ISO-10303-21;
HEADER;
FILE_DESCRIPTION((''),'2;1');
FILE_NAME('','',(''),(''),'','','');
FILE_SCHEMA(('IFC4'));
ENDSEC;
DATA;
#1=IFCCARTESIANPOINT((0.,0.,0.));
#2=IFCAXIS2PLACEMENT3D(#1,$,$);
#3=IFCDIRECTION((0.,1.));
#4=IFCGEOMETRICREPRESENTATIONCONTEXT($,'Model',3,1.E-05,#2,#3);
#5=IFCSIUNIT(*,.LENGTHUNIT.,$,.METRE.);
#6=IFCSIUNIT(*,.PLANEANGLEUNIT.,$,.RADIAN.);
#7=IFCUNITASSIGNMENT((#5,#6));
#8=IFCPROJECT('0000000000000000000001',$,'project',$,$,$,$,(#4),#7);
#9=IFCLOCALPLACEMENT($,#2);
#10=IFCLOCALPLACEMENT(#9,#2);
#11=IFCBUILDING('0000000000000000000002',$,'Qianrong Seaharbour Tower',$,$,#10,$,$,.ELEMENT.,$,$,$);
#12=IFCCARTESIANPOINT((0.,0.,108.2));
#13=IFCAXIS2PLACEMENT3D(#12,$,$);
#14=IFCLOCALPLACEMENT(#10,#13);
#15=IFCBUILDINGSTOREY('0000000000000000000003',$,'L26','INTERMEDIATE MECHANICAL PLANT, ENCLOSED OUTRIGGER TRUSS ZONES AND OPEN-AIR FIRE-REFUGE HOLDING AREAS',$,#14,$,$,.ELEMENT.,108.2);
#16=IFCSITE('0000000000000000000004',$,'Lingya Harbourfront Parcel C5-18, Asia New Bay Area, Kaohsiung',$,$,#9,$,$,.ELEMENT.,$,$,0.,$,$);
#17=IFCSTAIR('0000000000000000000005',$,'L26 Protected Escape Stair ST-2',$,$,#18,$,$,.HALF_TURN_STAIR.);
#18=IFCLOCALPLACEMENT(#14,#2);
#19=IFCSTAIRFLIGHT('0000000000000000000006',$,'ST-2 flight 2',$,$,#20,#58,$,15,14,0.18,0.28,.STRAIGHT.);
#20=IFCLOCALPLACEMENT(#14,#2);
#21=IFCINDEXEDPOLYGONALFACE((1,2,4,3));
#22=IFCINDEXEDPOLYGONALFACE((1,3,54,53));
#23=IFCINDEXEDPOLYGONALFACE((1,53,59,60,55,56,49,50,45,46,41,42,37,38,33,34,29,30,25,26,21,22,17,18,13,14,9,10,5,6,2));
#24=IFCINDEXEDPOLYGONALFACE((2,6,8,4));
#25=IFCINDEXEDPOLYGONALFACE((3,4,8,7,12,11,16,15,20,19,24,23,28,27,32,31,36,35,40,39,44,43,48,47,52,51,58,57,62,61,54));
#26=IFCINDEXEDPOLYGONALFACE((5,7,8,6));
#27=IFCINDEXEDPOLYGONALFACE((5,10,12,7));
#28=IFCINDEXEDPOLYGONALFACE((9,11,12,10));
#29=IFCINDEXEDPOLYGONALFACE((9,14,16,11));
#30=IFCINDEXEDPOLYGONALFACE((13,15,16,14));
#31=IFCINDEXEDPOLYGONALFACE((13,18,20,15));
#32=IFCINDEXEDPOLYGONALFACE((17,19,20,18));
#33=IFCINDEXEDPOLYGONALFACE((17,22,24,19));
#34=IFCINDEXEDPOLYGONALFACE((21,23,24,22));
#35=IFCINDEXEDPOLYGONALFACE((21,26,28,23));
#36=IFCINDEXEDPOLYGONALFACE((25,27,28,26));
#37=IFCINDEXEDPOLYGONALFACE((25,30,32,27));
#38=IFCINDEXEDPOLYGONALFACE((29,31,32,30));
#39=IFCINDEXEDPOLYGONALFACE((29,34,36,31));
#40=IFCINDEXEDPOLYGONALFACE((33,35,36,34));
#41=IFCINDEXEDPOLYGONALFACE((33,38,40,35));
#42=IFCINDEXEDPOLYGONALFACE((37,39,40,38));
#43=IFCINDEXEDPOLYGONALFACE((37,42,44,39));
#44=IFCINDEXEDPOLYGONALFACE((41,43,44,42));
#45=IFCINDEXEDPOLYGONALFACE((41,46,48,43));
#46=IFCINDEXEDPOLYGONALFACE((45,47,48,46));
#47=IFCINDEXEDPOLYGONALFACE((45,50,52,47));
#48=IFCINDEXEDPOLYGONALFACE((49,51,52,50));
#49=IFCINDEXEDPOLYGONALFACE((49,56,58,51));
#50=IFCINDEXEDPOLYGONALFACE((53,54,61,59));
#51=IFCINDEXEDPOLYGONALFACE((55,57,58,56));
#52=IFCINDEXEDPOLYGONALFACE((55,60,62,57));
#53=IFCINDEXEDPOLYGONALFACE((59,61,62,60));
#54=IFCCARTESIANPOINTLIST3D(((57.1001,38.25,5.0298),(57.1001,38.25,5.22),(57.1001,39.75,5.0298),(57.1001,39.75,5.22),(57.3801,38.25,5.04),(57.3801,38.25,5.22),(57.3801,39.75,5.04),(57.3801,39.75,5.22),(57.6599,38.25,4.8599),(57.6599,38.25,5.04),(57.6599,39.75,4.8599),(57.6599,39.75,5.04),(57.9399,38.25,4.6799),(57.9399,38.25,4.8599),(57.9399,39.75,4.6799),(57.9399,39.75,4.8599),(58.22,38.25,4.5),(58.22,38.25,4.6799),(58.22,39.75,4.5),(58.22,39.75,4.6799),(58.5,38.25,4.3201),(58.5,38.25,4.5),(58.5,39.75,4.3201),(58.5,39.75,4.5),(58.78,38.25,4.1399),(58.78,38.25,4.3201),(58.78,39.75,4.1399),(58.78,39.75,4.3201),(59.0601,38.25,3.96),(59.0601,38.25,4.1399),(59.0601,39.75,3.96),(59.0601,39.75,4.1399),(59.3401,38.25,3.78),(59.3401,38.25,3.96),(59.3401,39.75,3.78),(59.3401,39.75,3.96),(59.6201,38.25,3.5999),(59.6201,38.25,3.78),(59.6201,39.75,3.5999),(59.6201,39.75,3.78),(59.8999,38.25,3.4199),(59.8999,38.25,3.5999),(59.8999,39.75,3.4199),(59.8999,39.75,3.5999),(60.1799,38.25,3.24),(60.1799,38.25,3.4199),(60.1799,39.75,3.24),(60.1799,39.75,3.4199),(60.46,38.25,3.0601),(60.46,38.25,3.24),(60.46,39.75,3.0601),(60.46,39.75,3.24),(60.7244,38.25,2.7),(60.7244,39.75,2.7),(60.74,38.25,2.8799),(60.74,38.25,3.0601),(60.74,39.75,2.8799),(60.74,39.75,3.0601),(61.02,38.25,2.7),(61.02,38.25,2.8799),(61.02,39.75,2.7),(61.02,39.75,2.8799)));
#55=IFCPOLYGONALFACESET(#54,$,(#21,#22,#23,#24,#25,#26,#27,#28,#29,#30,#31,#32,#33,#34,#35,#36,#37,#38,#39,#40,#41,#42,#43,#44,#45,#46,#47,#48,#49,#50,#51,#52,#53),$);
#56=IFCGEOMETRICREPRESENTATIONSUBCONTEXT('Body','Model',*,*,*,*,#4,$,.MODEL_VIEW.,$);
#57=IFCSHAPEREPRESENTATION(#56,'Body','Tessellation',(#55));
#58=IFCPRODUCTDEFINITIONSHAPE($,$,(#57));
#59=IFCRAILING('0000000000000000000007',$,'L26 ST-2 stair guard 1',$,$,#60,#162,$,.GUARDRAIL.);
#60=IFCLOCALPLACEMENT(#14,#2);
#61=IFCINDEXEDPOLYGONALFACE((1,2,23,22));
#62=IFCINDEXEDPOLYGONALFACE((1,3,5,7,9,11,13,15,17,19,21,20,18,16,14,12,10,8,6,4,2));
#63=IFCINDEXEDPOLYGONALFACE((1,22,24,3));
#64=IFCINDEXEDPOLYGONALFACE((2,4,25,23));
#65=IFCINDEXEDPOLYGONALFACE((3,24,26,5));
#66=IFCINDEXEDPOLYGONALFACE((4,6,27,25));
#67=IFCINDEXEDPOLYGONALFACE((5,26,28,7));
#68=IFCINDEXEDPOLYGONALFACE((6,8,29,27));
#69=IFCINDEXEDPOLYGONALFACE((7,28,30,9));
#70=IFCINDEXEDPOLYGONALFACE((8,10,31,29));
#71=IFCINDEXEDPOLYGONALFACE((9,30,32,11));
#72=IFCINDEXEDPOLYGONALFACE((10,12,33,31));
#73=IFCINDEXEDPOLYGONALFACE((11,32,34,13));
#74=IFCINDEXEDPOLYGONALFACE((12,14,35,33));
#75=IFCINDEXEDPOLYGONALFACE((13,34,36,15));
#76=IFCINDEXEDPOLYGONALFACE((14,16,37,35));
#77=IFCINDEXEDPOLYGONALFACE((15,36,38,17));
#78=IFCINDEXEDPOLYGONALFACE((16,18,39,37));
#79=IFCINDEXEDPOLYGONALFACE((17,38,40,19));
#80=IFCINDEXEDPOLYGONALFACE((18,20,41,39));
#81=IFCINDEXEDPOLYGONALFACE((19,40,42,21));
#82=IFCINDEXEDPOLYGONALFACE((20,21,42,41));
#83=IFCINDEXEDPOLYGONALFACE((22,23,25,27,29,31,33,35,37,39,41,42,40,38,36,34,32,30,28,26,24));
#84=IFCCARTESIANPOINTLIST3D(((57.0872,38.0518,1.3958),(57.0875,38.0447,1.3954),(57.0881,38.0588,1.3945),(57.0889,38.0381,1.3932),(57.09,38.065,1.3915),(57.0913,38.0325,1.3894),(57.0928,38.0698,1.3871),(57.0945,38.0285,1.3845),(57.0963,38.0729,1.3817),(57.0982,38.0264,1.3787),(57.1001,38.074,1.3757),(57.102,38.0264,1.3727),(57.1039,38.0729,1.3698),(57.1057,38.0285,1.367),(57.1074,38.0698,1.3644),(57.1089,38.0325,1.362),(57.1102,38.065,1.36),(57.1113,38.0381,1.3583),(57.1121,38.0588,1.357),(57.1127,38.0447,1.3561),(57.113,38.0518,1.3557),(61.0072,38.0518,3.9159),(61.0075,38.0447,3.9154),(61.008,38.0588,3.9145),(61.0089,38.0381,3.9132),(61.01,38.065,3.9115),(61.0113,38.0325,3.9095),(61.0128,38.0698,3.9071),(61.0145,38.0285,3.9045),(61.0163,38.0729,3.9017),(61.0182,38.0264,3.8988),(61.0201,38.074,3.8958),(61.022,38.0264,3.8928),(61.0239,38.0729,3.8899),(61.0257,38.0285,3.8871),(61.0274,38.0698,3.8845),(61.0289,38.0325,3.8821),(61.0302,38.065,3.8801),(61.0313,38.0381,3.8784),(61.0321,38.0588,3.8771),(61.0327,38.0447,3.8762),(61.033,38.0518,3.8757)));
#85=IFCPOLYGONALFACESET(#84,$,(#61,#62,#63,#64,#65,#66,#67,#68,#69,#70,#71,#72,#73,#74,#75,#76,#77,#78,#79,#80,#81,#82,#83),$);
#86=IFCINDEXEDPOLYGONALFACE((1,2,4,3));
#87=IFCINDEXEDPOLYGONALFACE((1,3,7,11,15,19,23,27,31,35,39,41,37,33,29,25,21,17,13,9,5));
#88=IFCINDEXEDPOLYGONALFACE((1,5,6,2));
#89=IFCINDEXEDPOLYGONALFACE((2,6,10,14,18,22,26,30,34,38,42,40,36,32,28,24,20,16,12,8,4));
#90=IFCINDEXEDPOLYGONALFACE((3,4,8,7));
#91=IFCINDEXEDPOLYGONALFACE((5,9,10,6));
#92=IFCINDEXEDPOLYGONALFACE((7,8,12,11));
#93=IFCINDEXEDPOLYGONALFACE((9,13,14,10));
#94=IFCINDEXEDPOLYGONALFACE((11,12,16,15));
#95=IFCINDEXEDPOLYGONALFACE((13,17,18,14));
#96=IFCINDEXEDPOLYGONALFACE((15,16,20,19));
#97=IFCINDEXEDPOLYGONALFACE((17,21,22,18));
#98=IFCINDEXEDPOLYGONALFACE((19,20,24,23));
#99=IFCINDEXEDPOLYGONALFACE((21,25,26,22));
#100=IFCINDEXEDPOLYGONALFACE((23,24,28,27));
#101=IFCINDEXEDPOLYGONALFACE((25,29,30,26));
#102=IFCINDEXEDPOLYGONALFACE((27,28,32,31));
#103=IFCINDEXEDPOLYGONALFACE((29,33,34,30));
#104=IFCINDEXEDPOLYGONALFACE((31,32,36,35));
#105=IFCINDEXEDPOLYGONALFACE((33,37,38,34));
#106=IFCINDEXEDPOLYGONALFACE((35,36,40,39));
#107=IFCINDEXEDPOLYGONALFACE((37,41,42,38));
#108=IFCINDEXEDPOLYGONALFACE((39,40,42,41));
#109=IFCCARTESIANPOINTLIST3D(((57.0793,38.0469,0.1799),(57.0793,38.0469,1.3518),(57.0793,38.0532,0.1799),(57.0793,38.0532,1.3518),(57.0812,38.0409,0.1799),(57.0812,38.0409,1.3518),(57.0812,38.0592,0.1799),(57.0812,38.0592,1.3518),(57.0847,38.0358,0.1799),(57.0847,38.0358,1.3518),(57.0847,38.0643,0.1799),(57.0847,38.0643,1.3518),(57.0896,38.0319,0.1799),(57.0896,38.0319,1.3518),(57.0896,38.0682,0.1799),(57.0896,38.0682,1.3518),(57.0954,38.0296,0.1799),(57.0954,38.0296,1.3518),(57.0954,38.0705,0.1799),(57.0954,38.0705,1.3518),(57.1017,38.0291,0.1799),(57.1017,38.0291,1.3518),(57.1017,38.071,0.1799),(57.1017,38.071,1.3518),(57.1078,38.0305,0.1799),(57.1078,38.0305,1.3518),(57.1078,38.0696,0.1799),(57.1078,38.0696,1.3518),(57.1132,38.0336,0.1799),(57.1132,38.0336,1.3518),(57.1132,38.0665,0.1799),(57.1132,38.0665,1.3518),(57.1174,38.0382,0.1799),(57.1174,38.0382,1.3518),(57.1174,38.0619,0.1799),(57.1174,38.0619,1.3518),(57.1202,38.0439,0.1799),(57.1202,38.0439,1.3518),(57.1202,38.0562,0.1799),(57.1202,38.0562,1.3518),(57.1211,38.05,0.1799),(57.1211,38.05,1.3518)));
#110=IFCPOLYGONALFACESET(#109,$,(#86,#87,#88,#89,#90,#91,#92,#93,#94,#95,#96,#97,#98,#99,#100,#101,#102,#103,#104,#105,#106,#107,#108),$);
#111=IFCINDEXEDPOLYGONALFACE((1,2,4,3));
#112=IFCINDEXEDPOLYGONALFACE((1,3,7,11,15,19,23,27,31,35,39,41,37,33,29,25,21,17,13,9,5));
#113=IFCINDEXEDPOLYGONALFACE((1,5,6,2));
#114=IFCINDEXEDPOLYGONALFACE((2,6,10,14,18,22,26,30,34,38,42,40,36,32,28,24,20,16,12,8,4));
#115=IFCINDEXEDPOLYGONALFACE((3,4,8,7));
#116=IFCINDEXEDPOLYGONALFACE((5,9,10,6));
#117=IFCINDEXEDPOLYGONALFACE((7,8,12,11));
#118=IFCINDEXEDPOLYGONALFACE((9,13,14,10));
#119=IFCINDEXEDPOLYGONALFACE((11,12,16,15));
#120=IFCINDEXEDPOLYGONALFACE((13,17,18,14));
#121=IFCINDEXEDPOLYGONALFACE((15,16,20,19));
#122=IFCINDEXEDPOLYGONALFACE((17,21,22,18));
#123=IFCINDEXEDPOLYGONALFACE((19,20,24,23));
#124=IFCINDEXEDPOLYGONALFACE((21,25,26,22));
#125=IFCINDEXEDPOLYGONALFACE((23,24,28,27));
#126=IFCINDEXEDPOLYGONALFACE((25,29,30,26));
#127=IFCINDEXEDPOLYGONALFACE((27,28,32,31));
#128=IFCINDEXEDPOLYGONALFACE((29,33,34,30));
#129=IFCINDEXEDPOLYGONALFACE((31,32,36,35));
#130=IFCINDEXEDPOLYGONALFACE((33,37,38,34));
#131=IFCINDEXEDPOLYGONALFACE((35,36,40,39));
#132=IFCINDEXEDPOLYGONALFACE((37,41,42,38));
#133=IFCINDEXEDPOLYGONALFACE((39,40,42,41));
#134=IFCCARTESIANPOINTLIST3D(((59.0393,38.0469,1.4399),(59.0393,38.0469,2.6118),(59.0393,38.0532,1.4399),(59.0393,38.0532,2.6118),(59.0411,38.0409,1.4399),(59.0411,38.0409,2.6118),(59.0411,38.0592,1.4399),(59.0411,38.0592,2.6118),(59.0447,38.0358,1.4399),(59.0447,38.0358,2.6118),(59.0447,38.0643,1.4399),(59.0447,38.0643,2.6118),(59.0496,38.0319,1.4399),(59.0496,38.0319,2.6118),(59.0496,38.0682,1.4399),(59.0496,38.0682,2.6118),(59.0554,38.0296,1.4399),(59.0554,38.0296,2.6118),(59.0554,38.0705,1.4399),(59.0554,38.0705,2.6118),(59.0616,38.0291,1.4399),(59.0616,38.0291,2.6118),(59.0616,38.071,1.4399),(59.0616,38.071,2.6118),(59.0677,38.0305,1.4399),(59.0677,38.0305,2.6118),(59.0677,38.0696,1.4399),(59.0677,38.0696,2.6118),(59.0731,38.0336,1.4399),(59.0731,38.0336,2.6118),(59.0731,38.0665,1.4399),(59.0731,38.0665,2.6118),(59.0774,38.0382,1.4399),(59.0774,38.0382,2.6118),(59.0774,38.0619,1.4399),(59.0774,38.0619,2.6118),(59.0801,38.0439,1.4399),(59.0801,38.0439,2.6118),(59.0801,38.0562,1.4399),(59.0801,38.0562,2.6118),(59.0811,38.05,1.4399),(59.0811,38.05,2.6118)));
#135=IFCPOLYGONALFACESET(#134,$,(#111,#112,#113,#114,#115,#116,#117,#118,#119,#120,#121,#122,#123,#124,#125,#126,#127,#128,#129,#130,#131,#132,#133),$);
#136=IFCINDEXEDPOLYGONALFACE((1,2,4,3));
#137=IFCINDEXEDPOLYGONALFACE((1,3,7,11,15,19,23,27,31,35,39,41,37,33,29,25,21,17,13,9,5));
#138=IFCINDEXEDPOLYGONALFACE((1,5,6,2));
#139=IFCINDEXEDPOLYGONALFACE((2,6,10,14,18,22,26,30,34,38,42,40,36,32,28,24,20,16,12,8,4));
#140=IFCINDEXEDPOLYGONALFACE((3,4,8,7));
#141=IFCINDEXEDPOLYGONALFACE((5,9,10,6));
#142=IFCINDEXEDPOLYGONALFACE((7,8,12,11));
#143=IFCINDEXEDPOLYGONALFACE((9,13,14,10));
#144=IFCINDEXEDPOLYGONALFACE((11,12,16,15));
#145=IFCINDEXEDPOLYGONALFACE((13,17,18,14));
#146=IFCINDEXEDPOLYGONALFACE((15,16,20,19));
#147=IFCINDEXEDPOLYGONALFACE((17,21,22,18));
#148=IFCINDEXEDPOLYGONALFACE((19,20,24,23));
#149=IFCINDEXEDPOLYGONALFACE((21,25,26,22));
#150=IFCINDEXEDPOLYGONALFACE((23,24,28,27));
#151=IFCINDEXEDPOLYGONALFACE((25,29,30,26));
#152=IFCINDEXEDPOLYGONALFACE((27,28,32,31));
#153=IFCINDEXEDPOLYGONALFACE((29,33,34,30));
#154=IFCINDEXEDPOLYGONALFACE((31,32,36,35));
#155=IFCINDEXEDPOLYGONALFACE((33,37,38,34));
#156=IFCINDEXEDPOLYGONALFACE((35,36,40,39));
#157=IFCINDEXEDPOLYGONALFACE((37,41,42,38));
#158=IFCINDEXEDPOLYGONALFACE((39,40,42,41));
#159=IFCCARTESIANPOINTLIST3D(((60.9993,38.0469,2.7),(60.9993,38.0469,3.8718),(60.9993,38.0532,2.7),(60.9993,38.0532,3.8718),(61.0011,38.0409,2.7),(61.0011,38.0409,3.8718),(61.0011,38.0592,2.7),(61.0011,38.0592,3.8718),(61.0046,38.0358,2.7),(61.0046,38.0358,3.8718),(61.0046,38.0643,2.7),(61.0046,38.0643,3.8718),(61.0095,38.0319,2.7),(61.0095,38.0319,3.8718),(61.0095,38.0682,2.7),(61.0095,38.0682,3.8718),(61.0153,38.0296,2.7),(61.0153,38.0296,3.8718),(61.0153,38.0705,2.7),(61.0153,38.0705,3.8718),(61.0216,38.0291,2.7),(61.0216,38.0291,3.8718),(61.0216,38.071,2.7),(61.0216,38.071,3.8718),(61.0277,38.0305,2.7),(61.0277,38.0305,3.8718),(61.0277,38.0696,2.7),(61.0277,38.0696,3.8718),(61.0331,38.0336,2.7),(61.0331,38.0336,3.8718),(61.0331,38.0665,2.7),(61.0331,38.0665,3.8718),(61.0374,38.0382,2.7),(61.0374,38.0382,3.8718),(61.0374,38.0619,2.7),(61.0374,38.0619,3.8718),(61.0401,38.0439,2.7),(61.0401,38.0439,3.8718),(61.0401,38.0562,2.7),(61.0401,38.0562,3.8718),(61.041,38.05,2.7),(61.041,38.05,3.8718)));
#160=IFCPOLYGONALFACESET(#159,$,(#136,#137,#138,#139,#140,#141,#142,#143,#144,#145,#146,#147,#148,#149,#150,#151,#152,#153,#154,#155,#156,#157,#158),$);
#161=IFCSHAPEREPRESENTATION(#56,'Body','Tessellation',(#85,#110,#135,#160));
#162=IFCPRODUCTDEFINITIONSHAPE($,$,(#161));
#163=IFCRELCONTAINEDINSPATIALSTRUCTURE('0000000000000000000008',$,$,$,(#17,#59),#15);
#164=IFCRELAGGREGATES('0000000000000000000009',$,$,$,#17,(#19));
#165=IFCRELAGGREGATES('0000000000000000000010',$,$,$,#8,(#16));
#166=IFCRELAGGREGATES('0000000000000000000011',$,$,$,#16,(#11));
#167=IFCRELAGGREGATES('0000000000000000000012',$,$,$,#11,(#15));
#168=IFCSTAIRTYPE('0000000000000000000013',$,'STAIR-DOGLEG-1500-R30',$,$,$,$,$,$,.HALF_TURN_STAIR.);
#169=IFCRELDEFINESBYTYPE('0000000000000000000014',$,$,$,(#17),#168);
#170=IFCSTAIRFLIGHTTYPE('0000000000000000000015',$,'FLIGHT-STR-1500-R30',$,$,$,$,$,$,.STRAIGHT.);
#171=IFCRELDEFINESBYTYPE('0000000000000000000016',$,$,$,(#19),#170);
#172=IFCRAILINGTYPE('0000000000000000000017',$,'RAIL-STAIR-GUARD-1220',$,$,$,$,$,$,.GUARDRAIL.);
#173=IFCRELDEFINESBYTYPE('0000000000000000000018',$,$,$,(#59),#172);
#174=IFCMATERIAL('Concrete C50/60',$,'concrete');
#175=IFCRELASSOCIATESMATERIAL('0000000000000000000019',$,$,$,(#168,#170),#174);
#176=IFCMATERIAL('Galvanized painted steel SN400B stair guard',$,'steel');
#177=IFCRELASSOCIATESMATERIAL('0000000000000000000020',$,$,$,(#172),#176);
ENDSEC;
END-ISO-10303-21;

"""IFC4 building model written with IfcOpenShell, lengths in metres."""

from ifc_helpers import new_model, si_unit, direction, frame, origin, origin_2d, place, context, subcontext, project, spatial, polyline, circle, outline, extrude, material, type_object, element, aggregate, save


model = new_model("IFC4")

# Units and contexts
model_context = context("Model", 3, precision=1e-05, world=origin(), true_north=direction((0.0, 1.0)))
body_context = subcontext(model_context, "Body", "Model", "MODEL_VIEW")
ifc_project = project(units=[si_unit("LENGTHUNIT", "METRE"), si_unit("PLANEANGLEUNIT", "RADIAN")], contexts=[model_context])

# Site, building, storey
site_placement = place(None, origin())
site = spatial("IfcSite", under=ifc_project, at=site_placement, Name="Lingya Harbourfront Parcel C5-18, Asia New Bay Area, Kaohsiung", CompositionType="ELEMENT", RefElevation=0.0)
building_placement = place(site_placement, origin())
building = spatial("IfcBuilding", under=site, at=building_placement, Name="Qianrong Seaharbour Tower", CompositionType="ELEMENT")
storey_placement = place(building_placement, frame((0.0, 0.0, 108.2)))
storey = spatial("IfcBuildingStorey", under=building, at=storey_placement, Name="L26", Description="INTERMEDIATE MECHANICAL PLANT, ENCLOSED OUTRIGGER TRUSS ZONES AND OPEN-AIR FIRE-REFUGE HOLDING AREAS", CompositionType="ELEMENT", Elevation=108.2)

# Shared definitions
ifc_material_1 = material(Name="Concrete C50/60", Category="concrete")

# Stair, stair flight
stair_type = type_object("IfcStairType", Name="STAIR-DOGLEG-1500-R30", PredefinedType="HALF_TURN_STAIR", material=ifc_material_1)
stair_placement = place(storey_placement, origin())
stair = element("IfcStair", 1, at=stair_placement, inside=storey, type_object=stair_type, Name="L26 Protected Escape Stair ST-2", PredefinedType="HALF_TURN_STAIR")
stair_flight_type = type_object("IfcStairFlightType", Name="FLIGHT-STR-1500-R30", PredefinedType="STRAIGHT", material=ifc_material_1)
stair_flight_1_placement = place(storey_placement, frame((61.02, 39.0, 2.7), z_axis=(0.0, 0.0, 1.0), x_axis=(-1.0, 0.0, 0.0)))
stair_flight_1 = element("IfcStairFlight", 2, at=stair_flight_1_placement, type_object=stair_flight_type, Name="ST-2 flight 2", NumberOfRisers=15, NumberOfTreads=14, PredefinedType="STRAIGHT", RiserHeight=0.18, TreadLength=0.28, context=body_context, shape_type="SweptSolid", body=[
    extrude(outline(polyline([(0.0, 0.0), (0.0, 0.1799), (0.28, 0.1799), (0.28, 0.3601), (0.5601, 0.3601), (0.5601, 0.54), (0.8401, 0.54), (0.8401, 0.72), (1.1201, 0.72), (1.1201, 0.8999), (1.3999, 0.8999), (1.3999, 1.0801), (1.6799, 1.0801), (1.6799, 1.26), (1.96, 1.26), (1.96, 1.4399), (2.24, 1.4399), (2.24, 1.6201), (2.52, 1.6201), (2.52, 1.8), (2.8, 1.8), (2.8, 1.98), (3.0801, 1.98), (3.0801, 2.1599), (3.3601, 2.1599), (3.3601, 2.3401), (3.6399, 2.3401), (3.6399, 2.52), (3.9199, 2.52), (3.9199, 2.7), (3.9199, 2.3298), (0.2957, 0.0), (0.0, 0.0)])), frame((0.0, 0.75, 0.0), z_axis=(0.0, -1.0, 0.0), x_axis=(1.0, 0.0, 0.0)), (0.0, 0.0, 1.0), 1.5),
])
aggregate(stair, [stair_flight_1])

# Railing
ifc_material_2 = material(Name="Galvanized painted steel SN400B stair guard", Category="steel")
railing_type_1 = type_object("IfcRailingType", Name="RAIL-STAIR-GUARD-1220", PredefinedType="GUARDRAIL", material=ifc_material_2)
railing_1_placement = place(storey_placement, frame((57.1001, 38.05, 0.1799)))
element("IfcRailing", 3, at=railing_1_placement, inside=storey, type_object=railing_type_1, Name="L26 ST-2 stair guard 1", PredefinedType="GUARDRAIL", context=body_context, shape_type="SweptSolid", body=[
    extrude(circle(Radius=0.0239, at=origin_2d()), frame((0.0, 0.0, 1.1958), z_axis=(0.841172, 0.0, 0.540768), x_axis=(0.0, 1.0, 0.0)), (0.0, 0.0, 1.0), 4.6602),
    extrude(circle(Radius=0.021, at=origin_2d()), origin(), (0.0, 0.0, 1.0), 1.1719),
    extrude(circle(Radius=0.021, at=origin_2d()), frame((1.96, 0.0, 1.26)), (0.0, 0.0, 1.0), 1.1719),
    extrude(circle(Radius=0.021, at=origin_2d()), frame((3.9199, 0.0, 2.52)), (0.0, 0.0, 1.0), 1.1719),
])

save(model, "model.ifc")
